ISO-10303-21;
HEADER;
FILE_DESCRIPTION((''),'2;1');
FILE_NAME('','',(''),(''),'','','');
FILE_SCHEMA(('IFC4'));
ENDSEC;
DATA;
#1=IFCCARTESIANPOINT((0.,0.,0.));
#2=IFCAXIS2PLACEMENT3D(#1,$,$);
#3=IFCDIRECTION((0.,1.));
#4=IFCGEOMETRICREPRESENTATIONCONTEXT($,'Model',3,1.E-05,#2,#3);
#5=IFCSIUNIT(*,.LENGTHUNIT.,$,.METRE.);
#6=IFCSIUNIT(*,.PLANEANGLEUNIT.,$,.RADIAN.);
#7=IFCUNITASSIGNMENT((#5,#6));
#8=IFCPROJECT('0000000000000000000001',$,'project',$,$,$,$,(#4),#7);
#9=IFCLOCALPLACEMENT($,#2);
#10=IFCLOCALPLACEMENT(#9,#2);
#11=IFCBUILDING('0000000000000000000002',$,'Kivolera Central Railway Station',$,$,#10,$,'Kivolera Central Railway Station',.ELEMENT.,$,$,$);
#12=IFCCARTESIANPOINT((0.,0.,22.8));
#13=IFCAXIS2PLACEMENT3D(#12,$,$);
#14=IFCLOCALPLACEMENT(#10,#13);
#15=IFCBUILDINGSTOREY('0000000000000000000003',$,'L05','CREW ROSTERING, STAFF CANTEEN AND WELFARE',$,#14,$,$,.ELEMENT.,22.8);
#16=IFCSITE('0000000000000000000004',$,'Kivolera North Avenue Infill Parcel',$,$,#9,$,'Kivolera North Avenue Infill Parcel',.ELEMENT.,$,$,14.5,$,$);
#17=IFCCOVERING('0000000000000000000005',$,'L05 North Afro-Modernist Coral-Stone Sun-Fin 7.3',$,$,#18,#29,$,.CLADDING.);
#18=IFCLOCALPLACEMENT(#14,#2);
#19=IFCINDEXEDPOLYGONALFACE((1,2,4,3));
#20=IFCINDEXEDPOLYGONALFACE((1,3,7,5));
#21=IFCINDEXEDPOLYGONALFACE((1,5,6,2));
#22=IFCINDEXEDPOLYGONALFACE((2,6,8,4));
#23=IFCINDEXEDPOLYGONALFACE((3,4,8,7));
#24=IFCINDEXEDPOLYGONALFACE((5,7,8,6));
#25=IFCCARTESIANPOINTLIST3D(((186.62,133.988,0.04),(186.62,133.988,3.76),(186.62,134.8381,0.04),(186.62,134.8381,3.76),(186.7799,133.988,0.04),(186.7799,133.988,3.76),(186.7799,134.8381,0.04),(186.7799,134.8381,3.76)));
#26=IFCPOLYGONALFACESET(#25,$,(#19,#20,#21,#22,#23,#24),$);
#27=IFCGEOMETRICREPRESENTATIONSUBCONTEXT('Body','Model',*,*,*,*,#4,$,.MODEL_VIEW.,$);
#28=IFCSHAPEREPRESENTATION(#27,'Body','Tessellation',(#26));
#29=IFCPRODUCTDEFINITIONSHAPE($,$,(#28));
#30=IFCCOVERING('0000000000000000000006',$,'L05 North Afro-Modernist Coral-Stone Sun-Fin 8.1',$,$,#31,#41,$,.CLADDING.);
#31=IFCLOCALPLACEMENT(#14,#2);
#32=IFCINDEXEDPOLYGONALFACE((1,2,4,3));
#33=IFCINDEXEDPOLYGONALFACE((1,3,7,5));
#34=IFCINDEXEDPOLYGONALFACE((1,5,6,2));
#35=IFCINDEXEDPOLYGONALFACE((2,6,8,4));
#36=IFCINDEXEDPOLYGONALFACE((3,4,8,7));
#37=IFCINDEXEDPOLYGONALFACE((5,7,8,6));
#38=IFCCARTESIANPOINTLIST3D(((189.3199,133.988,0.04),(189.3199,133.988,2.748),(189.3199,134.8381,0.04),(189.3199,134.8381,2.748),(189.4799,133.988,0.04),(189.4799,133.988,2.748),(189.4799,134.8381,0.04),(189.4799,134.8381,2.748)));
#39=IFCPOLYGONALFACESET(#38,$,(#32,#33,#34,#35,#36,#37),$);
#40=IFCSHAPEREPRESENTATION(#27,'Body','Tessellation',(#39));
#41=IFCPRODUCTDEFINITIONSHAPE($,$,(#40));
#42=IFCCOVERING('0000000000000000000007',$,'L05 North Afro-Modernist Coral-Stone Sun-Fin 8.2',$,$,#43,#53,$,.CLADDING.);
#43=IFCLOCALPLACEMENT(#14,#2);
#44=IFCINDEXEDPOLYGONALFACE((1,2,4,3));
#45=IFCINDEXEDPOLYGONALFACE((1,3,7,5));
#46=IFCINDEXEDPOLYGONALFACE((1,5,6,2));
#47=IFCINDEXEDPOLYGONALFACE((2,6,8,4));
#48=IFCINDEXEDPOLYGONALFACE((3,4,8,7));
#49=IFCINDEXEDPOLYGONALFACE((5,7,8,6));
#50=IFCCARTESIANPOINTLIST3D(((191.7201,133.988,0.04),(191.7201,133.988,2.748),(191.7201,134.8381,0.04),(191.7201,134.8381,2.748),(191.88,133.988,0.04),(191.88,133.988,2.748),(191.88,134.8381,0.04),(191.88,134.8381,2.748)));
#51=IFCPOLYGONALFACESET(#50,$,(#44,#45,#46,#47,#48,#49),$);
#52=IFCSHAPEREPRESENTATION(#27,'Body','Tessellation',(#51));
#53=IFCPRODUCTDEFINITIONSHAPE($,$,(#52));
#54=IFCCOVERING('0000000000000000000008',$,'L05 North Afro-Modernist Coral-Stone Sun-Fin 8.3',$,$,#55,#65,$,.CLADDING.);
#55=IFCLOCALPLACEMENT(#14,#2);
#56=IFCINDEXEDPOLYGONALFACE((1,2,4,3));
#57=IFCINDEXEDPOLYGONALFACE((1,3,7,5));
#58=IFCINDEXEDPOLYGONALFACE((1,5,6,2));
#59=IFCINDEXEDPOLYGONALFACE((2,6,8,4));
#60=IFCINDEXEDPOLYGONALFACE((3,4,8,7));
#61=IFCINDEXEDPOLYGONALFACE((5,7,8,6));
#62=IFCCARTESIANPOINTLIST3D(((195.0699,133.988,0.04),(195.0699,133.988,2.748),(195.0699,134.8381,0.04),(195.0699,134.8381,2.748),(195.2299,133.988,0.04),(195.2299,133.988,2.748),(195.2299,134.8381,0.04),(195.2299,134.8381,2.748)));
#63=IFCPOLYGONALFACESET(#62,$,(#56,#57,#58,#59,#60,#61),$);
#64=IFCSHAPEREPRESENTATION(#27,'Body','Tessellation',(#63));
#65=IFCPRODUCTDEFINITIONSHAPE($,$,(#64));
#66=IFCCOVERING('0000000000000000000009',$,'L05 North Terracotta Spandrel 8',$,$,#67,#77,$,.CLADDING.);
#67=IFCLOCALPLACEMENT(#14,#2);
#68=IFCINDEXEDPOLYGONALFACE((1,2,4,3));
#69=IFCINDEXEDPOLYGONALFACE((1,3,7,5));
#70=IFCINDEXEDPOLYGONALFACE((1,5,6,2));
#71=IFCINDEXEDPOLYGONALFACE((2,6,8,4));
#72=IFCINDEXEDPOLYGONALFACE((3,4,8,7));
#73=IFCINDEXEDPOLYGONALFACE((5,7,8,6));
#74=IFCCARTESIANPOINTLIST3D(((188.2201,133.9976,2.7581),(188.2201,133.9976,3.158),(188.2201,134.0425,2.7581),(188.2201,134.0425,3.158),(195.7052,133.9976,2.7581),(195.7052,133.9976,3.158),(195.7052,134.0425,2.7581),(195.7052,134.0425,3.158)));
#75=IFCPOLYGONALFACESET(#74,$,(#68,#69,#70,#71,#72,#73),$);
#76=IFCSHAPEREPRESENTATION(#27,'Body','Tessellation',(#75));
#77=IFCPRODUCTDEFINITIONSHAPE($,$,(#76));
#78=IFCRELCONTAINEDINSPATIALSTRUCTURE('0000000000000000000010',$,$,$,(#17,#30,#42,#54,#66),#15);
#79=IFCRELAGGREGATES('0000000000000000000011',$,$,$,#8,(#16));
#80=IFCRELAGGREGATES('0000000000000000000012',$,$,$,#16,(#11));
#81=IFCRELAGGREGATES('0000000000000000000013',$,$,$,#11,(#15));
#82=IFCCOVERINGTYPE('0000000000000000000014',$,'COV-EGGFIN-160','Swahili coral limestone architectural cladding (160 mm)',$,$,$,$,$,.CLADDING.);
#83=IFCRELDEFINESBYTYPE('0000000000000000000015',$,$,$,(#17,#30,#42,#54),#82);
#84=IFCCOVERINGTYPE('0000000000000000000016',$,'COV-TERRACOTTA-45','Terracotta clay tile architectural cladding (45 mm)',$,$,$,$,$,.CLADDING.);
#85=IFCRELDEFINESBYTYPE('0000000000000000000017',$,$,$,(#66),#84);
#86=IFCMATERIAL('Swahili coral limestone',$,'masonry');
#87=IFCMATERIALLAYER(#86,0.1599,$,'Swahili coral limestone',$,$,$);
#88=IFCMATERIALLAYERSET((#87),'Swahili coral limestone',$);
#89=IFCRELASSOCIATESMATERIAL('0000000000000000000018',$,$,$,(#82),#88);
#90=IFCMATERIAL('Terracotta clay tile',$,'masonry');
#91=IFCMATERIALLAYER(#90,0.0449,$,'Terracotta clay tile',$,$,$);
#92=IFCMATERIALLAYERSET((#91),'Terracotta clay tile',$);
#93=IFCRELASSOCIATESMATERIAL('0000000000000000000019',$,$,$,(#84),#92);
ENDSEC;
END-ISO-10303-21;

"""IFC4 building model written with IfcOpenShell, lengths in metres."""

from ifc_helpers import new_model, si_unit, direction, frame, frame_2d, origin, origin_2d, place, context, subcontext, project, spatial, rectangle, extrude, material, layer, layer_set, type_object, element, save


model = new_model("IFC4")

# Units and contexts
model_context = context("Model", 3, precision=1e-05, world=origin(), true_north=direction((0.0, 1.0)))
body_context = subcontext(model_context, "Body", "Model", "MODEL_VIEW")
ifc_project = project(units=[si_unit("LENGTHUNIT", "METRE"), si_unit("PLANEANGLEUNIT", "RADIAN")], contexts=[model_context])

# Site, building, storey
site_placement = place(None, origin())
site = spatial("IfcSite", under=ifc_project, at=site_placement, Name="Kivolera North Avenue Infill Parcel", LongName="Kivolera North Avenue Infill Parcel", CompositionType="ELEMENT", RefElevation=14.5)
building_placement = place(site_placement, origin())
building = spatial("IfcBuilding", under=site, at=building_placement, Name="Kivolera Central Railway Station", LongName="Kivolera Central Railway Station", CompositionType="ELEMENT")
storey_placement = place(building_placement, frame((0.0, 0.0, 22.8)))
storey = spatial("IfcBuildingStorey", under=building, at=storey_placement, Name="L05", Description="CREW ROSTERING, STAFF CANTEEN AND WELFARE", CompositionType="ELEMENT", Elevation=22.8)

# Shared definitions
ifc_material_1 = material(Name="Swahili coral limestone", Category="masonry")

# Coverings
ifc_layer_1 = layer(ifc_material_1, 0.1599, Name="Swahili coral limestone")
ifc_layer_set_1 = layer_set([ifc_layer_1], Name="Swahili coral limestone")
covering_type_1 = type_object("IfcCoveringType", Name="COV-EGGFIN-160", Description="Swahili coral limestone architectural cladding (160 mm)", PredefinedType="CLADDING", material=ifc_layer_set_1)
covering_1_placement = place(storey_placement, frame((186.7, 134.4131, 0.04), z_axis=(0.0, 0.0, 1.0), x_axis=(1.0, 0.0, 0.0)))
element("IfcCovering", 1, at=covering_1_placement, inside=storey, type_object=covering_type_1, Name="L05 North Afro-Modernist Coral-Stone Sun-Fin 7.3", PredefinedType="CLADDING", context=body_context, shape_type="SweptSolid", body=[
    extrude(rectangle(XDim=0.1599, YDim=0.8501, at=origin_2d()), origin(), (0.0, 0.0, 1.0), 3.72),
])
for number, where, z_axis, x_axis, name in (
    (2, (189.3999, 134.4131, 0.04), (0.0, 0.0, 1.0), (1.0, 0.0, 0.0), "L05 North Afro-Modernist Coral-Stone Sun-Fin 8.1"),
    (3, (191.8, 134.4131, 0.04), (0.0, 0.0, 1.0), (1.0, 0.0, 0.0), "L05 North Afro-Modernist Coral-Stone Sun-Fin 8.2"),
    (4, (195.1499, 134.4131, 0.04), (0.0, 0.0, 1.0), (1.0, 0.0, 0.0), "L05 North Afro-Modernist Coral-Stone Sun-Fin 8.3"),
):
    element("IfcCovering", number, at=place(storey_placement, frame(where, z_axis=z_axis, x_axis=x_axis)), inside=storey, type_object=covering_type_1, Name=name, PredefinedType="CLADDING", context=body_context, shape_type="SweptSolid", body=[
        extrude(rectangle(XDim=0.1599, YDim=0.8501, at=origin_2d()), origin(), (0.0, 0.0, 1.0), 2.708),
    ])
ifc_material_2 = material(Name="Terracotta clay tile", Category="masonry")
ifc_layer_2 = layer(ifc_material_2, 0.0449, Name="Terracotta clay tile")
ifc_layer_set_2 = layer_set([ifc_layer_2], Name="Terracotta clay tile")
covering_type_2 = type_object("IfcCoveringType", Name="COV-TERRACOTTA-45", Description="Terracotta clay tile architectural cladding (45 mm)", PredefinedType="CLADDING", material=ifc_layer_set_2)
covering_2_placement = place(storey_placement, frame((188.22, 134.02, 2.7581), z_axis=(0.0, 0.0, 1.0), x_axis=(1.0, 0.0, 0.0)))
element("IfcCovering", 5, at=covering_2_placement, inside=storey, type_object=covering_type_2, Name="L05 North Terracotta Spandrel 8", PredefinedType="CLADDING", context=body_context, shape_type="SweptSolid", body=[
    extrude(rectangle(XDim=7.4851, YDim=0.0449, at=frame_2d((3.7427, 0.0))), origin(), (0.0, 0.0, 1.0), 0.3999),
])

save(model, "model.ifc")
